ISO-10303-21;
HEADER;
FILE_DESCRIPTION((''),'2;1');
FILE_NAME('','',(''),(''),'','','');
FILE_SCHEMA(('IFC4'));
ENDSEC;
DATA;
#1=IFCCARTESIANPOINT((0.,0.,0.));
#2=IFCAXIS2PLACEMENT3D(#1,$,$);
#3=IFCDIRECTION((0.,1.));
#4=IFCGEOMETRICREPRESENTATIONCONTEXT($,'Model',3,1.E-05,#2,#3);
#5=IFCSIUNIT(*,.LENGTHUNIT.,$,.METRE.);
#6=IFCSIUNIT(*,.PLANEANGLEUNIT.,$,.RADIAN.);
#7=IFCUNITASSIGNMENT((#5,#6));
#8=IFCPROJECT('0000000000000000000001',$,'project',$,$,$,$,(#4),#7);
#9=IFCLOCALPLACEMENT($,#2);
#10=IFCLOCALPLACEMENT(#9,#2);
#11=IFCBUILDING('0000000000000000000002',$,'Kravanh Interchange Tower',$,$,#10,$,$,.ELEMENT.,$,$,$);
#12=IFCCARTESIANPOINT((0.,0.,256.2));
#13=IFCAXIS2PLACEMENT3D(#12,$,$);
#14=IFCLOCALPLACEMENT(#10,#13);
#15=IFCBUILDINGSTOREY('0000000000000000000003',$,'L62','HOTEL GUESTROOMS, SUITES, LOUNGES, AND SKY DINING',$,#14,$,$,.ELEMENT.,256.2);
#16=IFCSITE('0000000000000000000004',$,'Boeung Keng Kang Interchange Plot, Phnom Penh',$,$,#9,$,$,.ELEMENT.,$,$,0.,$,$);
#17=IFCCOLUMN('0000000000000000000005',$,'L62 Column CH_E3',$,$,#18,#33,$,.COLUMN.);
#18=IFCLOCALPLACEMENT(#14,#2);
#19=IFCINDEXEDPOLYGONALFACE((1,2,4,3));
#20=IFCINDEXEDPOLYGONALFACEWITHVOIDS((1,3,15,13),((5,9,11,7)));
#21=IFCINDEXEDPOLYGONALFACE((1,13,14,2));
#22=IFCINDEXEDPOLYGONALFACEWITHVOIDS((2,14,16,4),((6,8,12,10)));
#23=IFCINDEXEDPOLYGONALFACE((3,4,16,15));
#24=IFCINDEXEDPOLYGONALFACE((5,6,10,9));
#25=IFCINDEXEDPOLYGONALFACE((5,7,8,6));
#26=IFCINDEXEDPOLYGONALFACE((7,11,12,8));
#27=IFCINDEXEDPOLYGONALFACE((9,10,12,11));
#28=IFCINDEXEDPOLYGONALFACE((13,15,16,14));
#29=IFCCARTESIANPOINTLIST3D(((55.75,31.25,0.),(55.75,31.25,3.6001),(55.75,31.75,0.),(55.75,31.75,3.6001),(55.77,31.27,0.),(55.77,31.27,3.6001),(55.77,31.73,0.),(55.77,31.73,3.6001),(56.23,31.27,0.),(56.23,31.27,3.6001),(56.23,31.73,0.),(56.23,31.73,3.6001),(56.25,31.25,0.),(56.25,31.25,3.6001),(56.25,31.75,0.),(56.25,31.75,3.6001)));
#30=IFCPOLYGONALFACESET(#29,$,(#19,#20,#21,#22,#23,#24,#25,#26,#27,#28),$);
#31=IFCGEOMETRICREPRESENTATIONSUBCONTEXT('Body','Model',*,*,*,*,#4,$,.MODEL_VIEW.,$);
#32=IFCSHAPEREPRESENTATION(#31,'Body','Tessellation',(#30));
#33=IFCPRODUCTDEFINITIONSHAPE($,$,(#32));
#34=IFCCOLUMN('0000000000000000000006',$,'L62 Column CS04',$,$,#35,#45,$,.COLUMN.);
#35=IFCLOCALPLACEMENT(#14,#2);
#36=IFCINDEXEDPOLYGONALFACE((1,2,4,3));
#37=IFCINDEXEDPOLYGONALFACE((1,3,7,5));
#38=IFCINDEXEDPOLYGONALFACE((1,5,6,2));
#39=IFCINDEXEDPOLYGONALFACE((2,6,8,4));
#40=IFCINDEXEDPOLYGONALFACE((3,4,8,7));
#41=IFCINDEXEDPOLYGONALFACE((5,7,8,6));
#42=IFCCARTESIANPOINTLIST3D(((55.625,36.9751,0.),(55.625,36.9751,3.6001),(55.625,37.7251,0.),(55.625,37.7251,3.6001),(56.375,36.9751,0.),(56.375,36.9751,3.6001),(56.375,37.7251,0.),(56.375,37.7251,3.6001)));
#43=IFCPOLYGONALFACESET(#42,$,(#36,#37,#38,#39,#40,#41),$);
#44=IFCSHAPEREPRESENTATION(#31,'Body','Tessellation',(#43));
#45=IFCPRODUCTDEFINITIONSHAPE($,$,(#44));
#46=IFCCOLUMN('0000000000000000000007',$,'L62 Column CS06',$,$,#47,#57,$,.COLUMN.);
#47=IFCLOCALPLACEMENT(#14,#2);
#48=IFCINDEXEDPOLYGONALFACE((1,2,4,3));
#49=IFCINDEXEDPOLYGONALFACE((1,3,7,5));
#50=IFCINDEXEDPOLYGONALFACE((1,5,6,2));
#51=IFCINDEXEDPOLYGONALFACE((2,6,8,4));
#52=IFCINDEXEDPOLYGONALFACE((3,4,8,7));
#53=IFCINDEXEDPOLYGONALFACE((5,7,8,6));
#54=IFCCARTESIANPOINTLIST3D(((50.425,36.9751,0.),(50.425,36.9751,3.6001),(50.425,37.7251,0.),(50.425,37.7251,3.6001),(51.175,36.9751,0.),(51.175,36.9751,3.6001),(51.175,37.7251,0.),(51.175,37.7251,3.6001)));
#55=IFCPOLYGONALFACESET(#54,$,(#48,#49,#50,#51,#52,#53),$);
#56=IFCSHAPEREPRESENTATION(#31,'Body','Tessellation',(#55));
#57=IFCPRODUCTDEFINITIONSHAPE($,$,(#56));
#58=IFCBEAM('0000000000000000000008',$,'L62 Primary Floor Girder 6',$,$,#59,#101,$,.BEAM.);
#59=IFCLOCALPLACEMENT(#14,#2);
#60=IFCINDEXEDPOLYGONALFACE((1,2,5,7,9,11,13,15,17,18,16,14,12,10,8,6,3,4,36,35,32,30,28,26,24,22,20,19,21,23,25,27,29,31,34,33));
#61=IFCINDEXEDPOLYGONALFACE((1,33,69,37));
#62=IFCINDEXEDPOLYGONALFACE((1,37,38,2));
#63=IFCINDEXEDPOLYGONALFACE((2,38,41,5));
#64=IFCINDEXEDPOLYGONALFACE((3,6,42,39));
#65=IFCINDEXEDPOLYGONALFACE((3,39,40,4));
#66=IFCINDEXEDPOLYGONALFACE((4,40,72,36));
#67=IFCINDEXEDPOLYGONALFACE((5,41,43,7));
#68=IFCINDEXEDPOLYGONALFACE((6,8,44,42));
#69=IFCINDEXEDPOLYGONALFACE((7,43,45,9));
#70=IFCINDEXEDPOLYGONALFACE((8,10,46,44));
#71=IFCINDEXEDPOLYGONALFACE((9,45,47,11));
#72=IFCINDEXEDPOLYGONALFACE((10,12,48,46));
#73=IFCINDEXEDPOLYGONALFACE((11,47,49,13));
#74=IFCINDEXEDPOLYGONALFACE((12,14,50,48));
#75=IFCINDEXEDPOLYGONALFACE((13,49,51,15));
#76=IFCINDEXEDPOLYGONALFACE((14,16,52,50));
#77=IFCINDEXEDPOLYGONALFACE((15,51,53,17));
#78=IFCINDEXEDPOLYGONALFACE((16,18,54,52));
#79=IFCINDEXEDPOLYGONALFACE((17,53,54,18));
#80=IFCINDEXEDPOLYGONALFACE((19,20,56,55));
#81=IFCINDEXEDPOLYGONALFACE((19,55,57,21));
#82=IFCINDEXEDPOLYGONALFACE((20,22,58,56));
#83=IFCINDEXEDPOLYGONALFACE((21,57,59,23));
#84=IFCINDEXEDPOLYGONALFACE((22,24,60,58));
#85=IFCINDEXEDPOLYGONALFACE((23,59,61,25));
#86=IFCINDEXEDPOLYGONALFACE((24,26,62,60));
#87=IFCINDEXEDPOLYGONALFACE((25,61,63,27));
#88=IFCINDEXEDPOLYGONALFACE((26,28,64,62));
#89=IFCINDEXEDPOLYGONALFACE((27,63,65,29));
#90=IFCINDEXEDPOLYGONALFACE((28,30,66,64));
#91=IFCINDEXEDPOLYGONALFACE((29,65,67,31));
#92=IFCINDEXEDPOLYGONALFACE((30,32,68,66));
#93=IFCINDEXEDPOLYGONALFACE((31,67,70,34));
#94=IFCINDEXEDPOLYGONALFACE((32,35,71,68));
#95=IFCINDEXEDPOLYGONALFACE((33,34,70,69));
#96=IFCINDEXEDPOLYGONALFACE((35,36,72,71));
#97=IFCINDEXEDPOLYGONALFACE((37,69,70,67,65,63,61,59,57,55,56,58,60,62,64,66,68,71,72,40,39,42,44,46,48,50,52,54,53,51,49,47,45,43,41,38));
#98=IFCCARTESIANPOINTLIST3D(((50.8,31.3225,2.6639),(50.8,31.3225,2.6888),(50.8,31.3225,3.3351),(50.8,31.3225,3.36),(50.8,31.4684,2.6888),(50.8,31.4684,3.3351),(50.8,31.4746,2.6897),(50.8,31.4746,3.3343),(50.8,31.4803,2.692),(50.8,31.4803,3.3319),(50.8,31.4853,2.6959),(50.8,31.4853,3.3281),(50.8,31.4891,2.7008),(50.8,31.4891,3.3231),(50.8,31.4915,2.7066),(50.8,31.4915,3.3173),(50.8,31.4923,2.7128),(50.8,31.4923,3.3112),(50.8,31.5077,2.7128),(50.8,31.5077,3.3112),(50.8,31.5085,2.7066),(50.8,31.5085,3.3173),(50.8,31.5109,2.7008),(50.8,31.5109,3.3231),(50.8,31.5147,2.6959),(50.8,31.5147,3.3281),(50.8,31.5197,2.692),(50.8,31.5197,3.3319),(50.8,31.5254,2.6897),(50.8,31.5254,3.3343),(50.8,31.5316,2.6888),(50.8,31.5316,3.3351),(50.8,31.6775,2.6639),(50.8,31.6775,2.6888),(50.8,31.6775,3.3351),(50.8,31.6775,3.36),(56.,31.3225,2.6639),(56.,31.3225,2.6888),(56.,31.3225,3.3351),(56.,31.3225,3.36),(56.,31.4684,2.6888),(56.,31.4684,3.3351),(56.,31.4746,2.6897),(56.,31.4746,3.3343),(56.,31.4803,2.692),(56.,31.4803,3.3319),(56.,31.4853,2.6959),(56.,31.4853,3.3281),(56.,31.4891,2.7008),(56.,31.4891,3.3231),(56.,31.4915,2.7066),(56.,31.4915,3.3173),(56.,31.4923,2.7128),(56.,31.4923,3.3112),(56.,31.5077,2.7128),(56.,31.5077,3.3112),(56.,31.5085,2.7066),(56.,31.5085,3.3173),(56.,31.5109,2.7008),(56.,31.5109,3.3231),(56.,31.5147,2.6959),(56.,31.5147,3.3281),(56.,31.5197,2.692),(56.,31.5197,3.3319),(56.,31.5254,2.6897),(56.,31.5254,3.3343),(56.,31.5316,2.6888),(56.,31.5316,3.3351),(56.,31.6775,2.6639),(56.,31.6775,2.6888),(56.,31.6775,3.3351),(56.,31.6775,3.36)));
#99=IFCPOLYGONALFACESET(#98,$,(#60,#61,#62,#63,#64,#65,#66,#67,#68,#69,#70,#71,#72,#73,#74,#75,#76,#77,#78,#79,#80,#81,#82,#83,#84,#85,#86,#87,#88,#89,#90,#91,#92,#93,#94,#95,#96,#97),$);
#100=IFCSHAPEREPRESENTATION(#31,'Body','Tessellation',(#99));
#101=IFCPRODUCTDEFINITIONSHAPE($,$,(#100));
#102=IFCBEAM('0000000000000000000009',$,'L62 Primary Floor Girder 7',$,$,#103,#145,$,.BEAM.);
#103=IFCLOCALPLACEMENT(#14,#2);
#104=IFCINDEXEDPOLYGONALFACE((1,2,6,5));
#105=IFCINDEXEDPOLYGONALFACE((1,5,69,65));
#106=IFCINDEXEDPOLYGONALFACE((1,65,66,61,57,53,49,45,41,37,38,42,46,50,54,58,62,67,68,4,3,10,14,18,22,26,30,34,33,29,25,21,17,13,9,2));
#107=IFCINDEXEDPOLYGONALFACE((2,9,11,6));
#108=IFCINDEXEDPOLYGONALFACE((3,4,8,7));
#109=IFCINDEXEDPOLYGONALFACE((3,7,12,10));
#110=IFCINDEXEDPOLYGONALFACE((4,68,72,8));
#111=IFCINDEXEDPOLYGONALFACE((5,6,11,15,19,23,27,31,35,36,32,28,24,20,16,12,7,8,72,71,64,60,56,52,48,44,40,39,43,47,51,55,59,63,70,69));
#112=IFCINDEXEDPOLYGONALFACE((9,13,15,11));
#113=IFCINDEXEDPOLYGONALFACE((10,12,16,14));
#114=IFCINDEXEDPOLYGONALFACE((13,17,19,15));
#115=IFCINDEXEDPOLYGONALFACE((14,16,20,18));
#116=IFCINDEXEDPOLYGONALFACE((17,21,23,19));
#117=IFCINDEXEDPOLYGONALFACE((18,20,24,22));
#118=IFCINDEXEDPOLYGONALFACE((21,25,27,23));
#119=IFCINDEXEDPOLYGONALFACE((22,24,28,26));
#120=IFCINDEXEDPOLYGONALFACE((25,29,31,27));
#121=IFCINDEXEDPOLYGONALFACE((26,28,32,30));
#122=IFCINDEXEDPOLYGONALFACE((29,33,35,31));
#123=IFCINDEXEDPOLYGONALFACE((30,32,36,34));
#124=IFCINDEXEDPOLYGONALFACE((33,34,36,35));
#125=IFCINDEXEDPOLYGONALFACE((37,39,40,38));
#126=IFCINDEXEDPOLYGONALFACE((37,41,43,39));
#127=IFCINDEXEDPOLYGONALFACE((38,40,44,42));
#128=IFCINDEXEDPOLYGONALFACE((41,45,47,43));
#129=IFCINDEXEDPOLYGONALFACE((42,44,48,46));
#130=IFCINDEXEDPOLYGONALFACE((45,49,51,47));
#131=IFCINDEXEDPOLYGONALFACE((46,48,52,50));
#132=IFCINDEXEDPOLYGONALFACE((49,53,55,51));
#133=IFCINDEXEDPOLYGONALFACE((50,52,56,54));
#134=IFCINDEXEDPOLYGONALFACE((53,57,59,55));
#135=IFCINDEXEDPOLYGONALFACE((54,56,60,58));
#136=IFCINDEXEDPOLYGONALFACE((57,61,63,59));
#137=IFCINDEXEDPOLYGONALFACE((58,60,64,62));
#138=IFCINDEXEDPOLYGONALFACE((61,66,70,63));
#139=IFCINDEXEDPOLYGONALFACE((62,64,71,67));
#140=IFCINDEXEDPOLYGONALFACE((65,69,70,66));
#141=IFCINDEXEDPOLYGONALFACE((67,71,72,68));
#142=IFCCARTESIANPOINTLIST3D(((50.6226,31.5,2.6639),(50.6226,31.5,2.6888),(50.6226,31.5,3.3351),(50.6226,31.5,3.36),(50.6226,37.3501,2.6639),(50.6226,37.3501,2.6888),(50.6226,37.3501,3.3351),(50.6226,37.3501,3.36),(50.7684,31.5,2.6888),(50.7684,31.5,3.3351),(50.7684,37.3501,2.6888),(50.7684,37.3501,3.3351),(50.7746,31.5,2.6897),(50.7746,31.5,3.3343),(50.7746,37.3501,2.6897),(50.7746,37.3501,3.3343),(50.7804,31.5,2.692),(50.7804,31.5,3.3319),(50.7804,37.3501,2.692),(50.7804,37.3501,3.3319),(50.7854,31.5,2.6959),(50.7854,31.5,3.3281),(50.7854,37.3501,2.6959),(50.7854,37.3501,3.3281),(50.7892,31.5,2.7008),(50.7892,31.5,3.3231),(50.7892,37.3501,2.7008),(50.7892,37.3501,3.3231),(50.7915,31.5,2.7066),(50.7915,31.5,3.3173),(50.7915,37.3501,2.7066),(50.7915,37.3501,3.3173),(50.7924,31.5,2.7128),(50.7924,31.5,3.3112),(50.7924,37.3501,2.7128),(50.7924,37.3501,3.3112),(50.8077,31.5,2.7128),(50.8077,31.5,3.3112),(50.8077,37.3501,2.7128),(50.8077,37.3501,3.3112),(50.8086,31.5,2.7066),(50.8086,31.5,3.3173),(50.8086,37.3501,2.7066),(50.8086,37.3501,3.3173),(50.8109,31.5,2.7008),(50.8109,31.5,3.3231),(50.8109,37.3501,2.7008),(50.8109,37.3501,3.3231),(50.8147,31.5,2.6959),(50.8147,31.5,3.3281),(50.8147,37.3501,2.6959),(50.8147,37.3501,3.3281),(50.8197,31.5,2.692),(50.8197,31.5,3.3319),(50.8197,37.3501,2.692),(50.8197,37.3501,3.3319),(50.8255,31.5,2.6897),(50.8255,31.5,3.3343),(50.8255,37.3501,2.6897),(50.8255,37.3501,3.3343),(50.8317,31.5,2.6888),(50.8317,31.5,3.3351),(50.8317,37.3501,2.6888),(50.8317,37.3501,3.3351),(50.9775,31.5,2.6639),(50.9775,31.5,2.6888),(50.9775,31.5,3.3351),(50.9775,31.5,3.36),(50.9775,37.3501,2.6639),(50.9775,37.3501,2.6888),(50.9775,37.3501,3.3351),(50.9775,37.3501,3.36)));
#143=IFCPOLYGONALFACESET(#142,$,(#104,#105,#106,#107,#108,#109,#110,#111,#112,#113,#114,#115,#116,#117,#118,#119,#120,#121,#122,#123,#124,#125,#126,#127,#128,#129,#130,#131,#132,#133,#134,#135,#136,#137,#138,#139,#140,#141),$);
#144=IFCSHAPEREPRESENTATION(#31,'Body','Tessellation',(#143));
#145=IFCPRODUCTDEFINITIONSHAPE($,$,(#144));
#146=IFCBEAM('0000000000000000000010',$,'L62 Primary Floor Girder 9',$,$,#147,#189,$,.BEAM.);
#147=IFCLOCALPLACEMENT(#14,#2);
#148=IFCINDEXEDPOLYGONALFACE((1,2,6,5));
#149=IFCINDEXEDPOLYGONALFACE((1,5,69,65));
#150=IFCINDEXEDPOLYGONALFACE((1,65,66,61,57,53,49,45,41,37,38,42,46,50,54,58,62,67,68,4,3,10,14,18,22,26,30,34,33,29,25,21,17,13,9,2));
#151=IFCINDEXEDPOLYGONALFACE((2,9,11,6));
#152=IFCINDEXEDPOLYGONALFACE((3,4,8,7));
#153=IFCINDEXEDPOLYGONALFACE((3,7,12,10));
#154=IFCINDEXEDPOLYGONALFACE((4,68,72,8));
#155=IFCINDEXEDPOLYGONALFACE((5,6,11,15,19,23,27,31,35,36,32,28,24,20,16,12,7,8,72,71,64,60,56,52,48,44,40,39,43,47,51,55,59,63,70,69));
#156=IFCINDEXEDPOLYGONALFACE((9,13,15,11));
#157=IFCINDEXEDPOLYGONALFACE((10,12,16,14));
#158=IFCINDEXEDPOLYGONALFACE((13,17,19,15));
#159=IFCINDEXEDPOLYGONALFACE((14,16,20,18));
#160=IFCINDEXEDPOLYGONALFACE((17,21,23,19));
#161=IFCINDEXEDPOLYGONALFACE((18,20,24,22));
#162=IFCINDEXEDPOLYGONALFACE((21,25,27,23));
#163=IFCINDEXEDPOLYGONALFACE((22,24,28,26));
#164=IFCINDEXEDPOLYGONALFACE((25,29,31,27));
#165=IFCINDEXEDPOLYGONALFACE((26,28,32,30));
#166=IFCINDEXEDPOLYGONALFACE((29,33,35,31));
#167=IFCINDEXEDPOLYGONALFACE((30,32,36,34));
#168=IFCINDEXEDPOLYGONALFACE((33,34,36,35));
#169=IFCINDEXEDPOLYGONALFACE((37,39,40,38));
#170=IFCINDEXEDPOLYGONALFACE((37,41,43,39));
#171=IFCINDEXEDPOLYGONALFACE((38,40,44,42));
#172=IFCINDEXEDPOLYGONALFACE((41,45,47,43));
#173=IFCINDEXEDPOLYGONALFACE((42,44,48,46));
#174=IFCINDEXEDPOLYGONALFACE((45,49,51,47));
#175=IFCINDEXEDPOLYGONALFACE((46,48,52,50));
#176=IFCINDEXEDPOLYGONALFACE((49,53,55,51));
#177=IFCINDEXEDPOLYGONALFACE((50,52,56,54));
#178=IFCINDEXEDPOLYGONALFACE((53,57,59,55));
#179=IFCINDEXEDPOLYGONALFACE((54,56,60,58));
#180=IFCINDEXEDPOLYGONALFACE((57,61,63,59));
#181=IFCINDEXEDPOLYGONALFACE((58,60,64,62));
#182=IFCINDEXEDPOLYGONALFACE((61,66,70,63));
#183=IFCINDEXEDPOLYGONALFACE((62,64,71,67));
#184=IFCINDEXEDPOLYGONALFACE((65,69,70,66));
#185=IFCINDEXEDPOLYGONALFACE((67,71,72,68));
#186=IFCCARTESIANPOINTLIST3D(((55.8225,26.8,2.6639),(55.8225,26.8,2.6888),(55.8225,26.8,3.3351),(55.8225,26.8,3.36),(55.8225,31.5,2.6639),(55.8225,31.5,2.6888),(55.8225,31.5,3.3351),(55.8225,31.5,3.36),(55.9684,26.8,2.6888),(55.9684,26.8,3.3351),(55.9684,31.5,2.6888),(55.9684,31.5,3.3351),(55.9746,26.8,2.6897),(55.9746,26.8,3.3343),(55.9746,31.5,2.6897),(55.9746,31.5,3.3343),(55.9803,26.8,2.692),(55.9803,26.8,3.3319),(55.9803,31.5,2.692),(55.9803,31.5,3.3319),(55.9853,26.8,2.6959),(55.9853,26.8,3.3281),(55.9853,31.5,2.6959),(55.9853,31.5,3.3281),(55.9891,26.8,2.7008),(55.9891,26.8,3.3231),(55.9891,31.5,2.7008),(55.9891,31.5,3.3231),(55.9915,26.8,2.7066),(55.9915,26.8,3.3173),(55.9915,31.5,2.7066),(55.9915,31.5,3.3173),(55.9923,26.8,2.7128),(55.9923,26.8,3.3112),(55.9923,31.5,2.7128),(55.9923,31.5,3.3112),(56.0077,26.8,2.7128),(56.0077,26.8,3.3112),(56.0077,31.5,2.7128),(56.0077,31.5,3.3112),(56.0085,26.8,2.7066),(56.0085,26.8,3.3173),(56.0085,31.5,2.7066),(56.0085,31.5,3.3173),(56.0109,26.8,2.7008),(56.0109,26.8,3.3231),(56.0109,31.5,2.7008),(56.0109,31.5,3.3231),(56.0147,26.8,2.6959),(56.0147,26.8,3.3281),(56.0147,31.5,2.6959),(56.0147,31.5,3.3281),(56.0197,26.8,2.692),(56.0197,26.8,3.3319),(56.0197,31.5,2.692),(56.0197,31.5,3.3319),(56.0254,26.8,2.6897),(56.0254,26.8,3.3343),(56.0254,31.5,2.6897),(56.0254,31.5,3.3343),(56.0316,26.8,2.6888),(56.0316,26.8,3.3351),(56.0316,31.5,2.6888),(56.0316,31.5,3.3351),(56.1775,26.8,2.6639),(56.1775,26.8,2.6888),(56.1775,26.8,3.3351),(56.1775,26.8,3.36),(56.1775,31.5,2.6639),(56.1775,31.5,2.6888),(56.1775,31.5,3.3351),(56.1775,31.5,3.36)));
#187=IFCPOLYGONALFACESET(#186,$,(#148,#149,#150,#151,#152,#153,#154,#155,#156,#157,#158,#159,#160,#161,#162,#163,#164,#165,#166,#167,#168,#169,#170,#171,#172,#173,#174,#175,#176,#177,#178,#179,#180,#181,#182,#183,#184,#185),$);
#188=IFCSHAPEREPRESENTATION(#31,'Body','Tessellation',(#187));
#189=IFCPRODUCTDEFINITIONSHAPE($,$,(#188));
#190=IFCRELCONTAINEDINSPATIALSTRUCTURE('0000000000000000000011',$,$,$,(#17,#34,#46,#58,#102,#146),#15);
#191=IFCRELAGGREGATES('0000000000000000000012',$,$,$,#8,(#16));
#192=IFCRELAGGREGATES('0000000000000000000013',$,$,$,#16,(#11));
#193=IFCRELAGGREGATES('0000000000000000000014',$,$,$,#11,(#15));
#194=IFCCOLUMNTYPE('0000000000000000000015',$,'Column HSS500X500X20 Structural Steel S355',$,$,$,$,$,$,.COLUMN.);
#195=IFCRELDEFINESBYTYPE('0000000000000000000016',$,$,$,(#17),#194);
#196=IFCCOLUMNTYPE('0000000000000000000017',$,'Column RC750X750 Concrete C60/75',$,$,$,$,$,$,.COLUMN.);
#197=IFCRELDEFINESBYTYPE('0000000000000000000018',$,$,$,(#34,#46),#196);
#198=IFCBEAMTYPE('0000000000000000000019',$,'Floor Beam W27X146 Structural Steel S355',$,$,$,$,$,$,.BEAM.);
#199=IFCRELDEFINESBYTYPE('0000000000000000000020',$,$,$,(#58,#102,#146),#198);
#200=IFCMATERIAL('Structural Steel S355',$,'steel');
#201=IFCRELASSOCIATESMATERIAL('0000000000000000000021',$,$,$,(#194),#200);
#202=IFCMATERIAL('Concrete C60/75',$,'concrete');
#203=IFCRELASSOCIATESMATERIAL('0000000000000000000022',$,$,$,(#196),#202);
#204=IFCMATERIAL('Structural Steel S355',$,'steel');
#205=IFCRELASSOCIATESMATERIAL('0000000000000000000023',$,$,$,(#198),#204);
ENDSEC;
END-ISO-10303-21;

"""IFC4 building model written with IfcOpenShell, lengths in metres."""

from ifc_helpers import new_model, si_unit, direction, frame, origin, origin_2d, place, context, subcontext, project, spatial, rectangle, hollow_rectangle, i_section, extrude, material, material_profile, profile_set, type_object, element, save


model = new_model("IFC4")

# Units and contexts
model_context = context("Model", 3, precision=1e-05, world=origin(), true_north=direction((0.0, 1.0)))
body_context = subcontext(model_context, "Body", "Model", "MODEL_VIEW")
ifc_project = project(units=[si_unit("LENGTHUNIT", "METRE"), si_unit("PLANEANGLEUNIT", "RADIAN")], contexts=[model_context])

# Site, building, storey
site_placement = place(None, origin())
site = spatial("IfcSite", under=ifc_project, at=site_placement, Name="Boeung Keng Kang Interchange Plot, Phnom Penh", CompositionType="ELEMENT", RefElevation=0.0)
building_placement = place(site_placement, origin())
building = spatial("IfcBuilding", under=site, at=building_placement, Name="Kravanh Interchange Tower", CompositionType="ELEMENT")
storey_placement = place(building_placement, frame((0.0, 0.0, 256.2)))
storey = spatial("IfcBuildingStorey", under=building, at=storey_placement, Name="L62", Description="HOTEL GUESTROOMS, SUITES, LOUNGES, AND SKY DINING", CompositionType="ELEMENT", Elevation=256.2)

# Columns
ifc_material_1 = material(Name="Structural Steel S355", Category="steel")
ifc_material_profile_1 = material_profile(ifc_material_1, hollow_rectangle(XDim=0.5, YDim=0.5, WallThickness=0.02, at=origin_2d()), Name="HSS500X500X20")
ifc_profile_set_1 = profile_set([ifc_material_profile_1], Name="Structural Steel S355")
column_type_1 = type_object("IfcColumnType", Name="Column HSS500X500X20 Structural Steel S355", PredefinedType="COLUMN", material=ifc_profile_set_1)
column_placement = place(storey_placement, frame((56.0, 31.5, 0.0), z_axis=(0.0, 0.0, 1.0), x_axis=(1.0, 0.0, 0.0)))
element("IfcColumn", 1, at=column_placement, inside=storey, type_object=column_type_1, Name="L62 Column CH_E3", PredefinedType="COLUMN", context=body_context, shape_type="SweptSolid", body=[
    extrude(hollow_rectangle(XDim=0.5, YDim=0.5, WallThickness=0.02, at=origin_2d()), origin(), (0.0, 0.0, 1.0), 3.6001),
])
ifc_material_2 = material(Name="Concrete C60/75", Category="concrete")
ifc_material_profile_2 = material_profile(ifc_material_2, rectangle(XDim=0.75, YDim=0.75, at=origin_2d()), Name="RC750X750")
ifc_profile_set_2 = profile_set([ifc_material_profile_2], Name="Concrete C60/75")
column_type_2 = type_object("IfcColumnType", Name="Column RC750X750 Concrete C60/75", PredefinedType="COLUMN", material=ifc_profile_set_2)
for number, where, z_axis, x_axis, name in (
    (2, (56.0, 37.3501, 0.0), (0.0, 0.0, 1.0), (1.0, 0.0, 0.0), "L62 Column CS04"),
    (3, (50.8, 37.3501, 0.0), (0.0, 0.0, 1.0), (1.0, 0.0, 0.0), "L62 Column CS06"),
):
    element("IfcColumn", number, at=place(storey_placement, frame(where, z_axis=z_axis, x_axis=x_axis)), inside=storey, type_object=column_type_2, Name=name, PredefinedType="COLUMN", context=body_context, shape_type="SweptSolid", body=[
        extrude(rectangle(XDim=0.75, YDim=0.75, at=origin_2d()), origin(), (0.0, 0.0, 1.0), 3.6001),
    ])

# Beams
ifc_material_3 = material(Name="Structural Steel S355", Category="steel")
ifc_material_profile_3 = material_profile(ifc_material_3, i_section(OverallWidth=0.355, OverallDepth=0.696, WebThickness=0.0154, FlangeThickness=0.0249, FilletRadius=0.0239, at=origin_2d()), Name="W27X146")
ifc_profile_set_3 = profile_set([ifc_material_profile_3], Name="Structural Steel S355")
beam_type_1 = type_object("IfcBeamType", Name="Floor Beam W27X146 Structural Steel S355", PredefinedType="BEAM", material=ifc_profile_set_3)
beam_1_placement = place(storey_placement, frame((50.8, 31.5, 3.012), z_axis=(1.0, 0.0, 0.0), x_axis=(0.0, 1.0, 0.0)))
element("IfcBeam", 4, at=beam_1_placement, inside=storey, type_object=beam_type_1, Name="L62 Primary Floor Girder 6", PredefinedType="BEAM", context=body_context, shape_type="SweptSolid", body=[
    extrude(i_section(OverallWidth=0.355, OverallDepth=0.696, WebThickness=0.0154, FlangeThickness=0.0249, FilletRadius=0.0239, at=origin_2d()), origin(), (0.0, 0.0, 1.0), 5.2),
])
beam_2_placement = place(storey_placement, frame((50.8, 31.5, 3.012), z_axis=(0.0, 1.0, 0.0), x_axis=(-1.0, 0.0, 0.0)))
element("IfcBeam", 5, at=beam_2_placement, inside=storey, type_object=beam_type_1, Name="L62 Primary Floor Girder 7", PredefinedType="BEAM", context=body_context, shape_type="SweptSolid", body=[
    extrude(i_section(OverallWidth=0.355, OverallDepth=0.696, WebThickness=0.0154, FlangeThickness=0.0249, FilletRadius=0.0239, at=origin_2d()), origin(), (0.0, 0.0, 1.0), 5.8501),
])
beam_3_placement = place(storey_placement, frame((56.0, 31.5, 3.012), z_axis=(0.0, -1.0, 0.0), x_axis=(1.0, 0.0, 0.0)))
element("IfcBeam", 6, at=beam_3_placement, inside=storey, type_object=beam_type_1, Name="L62 Primary Floor Girder 9", PredefinedType="BEAM", context=body_context, shape_type="SweptSolid", body=[
    extrude(i_section(OverallWidth=0.355, OverallDepth=0.696, WebThickness=0.0154, FlangeThickness=0.0249, FilletRadius=0.0239, at=origin_2d()), origin(), (0.0, 0.0, 1.0), 4.7),
])

save(model, "model.ifc")
